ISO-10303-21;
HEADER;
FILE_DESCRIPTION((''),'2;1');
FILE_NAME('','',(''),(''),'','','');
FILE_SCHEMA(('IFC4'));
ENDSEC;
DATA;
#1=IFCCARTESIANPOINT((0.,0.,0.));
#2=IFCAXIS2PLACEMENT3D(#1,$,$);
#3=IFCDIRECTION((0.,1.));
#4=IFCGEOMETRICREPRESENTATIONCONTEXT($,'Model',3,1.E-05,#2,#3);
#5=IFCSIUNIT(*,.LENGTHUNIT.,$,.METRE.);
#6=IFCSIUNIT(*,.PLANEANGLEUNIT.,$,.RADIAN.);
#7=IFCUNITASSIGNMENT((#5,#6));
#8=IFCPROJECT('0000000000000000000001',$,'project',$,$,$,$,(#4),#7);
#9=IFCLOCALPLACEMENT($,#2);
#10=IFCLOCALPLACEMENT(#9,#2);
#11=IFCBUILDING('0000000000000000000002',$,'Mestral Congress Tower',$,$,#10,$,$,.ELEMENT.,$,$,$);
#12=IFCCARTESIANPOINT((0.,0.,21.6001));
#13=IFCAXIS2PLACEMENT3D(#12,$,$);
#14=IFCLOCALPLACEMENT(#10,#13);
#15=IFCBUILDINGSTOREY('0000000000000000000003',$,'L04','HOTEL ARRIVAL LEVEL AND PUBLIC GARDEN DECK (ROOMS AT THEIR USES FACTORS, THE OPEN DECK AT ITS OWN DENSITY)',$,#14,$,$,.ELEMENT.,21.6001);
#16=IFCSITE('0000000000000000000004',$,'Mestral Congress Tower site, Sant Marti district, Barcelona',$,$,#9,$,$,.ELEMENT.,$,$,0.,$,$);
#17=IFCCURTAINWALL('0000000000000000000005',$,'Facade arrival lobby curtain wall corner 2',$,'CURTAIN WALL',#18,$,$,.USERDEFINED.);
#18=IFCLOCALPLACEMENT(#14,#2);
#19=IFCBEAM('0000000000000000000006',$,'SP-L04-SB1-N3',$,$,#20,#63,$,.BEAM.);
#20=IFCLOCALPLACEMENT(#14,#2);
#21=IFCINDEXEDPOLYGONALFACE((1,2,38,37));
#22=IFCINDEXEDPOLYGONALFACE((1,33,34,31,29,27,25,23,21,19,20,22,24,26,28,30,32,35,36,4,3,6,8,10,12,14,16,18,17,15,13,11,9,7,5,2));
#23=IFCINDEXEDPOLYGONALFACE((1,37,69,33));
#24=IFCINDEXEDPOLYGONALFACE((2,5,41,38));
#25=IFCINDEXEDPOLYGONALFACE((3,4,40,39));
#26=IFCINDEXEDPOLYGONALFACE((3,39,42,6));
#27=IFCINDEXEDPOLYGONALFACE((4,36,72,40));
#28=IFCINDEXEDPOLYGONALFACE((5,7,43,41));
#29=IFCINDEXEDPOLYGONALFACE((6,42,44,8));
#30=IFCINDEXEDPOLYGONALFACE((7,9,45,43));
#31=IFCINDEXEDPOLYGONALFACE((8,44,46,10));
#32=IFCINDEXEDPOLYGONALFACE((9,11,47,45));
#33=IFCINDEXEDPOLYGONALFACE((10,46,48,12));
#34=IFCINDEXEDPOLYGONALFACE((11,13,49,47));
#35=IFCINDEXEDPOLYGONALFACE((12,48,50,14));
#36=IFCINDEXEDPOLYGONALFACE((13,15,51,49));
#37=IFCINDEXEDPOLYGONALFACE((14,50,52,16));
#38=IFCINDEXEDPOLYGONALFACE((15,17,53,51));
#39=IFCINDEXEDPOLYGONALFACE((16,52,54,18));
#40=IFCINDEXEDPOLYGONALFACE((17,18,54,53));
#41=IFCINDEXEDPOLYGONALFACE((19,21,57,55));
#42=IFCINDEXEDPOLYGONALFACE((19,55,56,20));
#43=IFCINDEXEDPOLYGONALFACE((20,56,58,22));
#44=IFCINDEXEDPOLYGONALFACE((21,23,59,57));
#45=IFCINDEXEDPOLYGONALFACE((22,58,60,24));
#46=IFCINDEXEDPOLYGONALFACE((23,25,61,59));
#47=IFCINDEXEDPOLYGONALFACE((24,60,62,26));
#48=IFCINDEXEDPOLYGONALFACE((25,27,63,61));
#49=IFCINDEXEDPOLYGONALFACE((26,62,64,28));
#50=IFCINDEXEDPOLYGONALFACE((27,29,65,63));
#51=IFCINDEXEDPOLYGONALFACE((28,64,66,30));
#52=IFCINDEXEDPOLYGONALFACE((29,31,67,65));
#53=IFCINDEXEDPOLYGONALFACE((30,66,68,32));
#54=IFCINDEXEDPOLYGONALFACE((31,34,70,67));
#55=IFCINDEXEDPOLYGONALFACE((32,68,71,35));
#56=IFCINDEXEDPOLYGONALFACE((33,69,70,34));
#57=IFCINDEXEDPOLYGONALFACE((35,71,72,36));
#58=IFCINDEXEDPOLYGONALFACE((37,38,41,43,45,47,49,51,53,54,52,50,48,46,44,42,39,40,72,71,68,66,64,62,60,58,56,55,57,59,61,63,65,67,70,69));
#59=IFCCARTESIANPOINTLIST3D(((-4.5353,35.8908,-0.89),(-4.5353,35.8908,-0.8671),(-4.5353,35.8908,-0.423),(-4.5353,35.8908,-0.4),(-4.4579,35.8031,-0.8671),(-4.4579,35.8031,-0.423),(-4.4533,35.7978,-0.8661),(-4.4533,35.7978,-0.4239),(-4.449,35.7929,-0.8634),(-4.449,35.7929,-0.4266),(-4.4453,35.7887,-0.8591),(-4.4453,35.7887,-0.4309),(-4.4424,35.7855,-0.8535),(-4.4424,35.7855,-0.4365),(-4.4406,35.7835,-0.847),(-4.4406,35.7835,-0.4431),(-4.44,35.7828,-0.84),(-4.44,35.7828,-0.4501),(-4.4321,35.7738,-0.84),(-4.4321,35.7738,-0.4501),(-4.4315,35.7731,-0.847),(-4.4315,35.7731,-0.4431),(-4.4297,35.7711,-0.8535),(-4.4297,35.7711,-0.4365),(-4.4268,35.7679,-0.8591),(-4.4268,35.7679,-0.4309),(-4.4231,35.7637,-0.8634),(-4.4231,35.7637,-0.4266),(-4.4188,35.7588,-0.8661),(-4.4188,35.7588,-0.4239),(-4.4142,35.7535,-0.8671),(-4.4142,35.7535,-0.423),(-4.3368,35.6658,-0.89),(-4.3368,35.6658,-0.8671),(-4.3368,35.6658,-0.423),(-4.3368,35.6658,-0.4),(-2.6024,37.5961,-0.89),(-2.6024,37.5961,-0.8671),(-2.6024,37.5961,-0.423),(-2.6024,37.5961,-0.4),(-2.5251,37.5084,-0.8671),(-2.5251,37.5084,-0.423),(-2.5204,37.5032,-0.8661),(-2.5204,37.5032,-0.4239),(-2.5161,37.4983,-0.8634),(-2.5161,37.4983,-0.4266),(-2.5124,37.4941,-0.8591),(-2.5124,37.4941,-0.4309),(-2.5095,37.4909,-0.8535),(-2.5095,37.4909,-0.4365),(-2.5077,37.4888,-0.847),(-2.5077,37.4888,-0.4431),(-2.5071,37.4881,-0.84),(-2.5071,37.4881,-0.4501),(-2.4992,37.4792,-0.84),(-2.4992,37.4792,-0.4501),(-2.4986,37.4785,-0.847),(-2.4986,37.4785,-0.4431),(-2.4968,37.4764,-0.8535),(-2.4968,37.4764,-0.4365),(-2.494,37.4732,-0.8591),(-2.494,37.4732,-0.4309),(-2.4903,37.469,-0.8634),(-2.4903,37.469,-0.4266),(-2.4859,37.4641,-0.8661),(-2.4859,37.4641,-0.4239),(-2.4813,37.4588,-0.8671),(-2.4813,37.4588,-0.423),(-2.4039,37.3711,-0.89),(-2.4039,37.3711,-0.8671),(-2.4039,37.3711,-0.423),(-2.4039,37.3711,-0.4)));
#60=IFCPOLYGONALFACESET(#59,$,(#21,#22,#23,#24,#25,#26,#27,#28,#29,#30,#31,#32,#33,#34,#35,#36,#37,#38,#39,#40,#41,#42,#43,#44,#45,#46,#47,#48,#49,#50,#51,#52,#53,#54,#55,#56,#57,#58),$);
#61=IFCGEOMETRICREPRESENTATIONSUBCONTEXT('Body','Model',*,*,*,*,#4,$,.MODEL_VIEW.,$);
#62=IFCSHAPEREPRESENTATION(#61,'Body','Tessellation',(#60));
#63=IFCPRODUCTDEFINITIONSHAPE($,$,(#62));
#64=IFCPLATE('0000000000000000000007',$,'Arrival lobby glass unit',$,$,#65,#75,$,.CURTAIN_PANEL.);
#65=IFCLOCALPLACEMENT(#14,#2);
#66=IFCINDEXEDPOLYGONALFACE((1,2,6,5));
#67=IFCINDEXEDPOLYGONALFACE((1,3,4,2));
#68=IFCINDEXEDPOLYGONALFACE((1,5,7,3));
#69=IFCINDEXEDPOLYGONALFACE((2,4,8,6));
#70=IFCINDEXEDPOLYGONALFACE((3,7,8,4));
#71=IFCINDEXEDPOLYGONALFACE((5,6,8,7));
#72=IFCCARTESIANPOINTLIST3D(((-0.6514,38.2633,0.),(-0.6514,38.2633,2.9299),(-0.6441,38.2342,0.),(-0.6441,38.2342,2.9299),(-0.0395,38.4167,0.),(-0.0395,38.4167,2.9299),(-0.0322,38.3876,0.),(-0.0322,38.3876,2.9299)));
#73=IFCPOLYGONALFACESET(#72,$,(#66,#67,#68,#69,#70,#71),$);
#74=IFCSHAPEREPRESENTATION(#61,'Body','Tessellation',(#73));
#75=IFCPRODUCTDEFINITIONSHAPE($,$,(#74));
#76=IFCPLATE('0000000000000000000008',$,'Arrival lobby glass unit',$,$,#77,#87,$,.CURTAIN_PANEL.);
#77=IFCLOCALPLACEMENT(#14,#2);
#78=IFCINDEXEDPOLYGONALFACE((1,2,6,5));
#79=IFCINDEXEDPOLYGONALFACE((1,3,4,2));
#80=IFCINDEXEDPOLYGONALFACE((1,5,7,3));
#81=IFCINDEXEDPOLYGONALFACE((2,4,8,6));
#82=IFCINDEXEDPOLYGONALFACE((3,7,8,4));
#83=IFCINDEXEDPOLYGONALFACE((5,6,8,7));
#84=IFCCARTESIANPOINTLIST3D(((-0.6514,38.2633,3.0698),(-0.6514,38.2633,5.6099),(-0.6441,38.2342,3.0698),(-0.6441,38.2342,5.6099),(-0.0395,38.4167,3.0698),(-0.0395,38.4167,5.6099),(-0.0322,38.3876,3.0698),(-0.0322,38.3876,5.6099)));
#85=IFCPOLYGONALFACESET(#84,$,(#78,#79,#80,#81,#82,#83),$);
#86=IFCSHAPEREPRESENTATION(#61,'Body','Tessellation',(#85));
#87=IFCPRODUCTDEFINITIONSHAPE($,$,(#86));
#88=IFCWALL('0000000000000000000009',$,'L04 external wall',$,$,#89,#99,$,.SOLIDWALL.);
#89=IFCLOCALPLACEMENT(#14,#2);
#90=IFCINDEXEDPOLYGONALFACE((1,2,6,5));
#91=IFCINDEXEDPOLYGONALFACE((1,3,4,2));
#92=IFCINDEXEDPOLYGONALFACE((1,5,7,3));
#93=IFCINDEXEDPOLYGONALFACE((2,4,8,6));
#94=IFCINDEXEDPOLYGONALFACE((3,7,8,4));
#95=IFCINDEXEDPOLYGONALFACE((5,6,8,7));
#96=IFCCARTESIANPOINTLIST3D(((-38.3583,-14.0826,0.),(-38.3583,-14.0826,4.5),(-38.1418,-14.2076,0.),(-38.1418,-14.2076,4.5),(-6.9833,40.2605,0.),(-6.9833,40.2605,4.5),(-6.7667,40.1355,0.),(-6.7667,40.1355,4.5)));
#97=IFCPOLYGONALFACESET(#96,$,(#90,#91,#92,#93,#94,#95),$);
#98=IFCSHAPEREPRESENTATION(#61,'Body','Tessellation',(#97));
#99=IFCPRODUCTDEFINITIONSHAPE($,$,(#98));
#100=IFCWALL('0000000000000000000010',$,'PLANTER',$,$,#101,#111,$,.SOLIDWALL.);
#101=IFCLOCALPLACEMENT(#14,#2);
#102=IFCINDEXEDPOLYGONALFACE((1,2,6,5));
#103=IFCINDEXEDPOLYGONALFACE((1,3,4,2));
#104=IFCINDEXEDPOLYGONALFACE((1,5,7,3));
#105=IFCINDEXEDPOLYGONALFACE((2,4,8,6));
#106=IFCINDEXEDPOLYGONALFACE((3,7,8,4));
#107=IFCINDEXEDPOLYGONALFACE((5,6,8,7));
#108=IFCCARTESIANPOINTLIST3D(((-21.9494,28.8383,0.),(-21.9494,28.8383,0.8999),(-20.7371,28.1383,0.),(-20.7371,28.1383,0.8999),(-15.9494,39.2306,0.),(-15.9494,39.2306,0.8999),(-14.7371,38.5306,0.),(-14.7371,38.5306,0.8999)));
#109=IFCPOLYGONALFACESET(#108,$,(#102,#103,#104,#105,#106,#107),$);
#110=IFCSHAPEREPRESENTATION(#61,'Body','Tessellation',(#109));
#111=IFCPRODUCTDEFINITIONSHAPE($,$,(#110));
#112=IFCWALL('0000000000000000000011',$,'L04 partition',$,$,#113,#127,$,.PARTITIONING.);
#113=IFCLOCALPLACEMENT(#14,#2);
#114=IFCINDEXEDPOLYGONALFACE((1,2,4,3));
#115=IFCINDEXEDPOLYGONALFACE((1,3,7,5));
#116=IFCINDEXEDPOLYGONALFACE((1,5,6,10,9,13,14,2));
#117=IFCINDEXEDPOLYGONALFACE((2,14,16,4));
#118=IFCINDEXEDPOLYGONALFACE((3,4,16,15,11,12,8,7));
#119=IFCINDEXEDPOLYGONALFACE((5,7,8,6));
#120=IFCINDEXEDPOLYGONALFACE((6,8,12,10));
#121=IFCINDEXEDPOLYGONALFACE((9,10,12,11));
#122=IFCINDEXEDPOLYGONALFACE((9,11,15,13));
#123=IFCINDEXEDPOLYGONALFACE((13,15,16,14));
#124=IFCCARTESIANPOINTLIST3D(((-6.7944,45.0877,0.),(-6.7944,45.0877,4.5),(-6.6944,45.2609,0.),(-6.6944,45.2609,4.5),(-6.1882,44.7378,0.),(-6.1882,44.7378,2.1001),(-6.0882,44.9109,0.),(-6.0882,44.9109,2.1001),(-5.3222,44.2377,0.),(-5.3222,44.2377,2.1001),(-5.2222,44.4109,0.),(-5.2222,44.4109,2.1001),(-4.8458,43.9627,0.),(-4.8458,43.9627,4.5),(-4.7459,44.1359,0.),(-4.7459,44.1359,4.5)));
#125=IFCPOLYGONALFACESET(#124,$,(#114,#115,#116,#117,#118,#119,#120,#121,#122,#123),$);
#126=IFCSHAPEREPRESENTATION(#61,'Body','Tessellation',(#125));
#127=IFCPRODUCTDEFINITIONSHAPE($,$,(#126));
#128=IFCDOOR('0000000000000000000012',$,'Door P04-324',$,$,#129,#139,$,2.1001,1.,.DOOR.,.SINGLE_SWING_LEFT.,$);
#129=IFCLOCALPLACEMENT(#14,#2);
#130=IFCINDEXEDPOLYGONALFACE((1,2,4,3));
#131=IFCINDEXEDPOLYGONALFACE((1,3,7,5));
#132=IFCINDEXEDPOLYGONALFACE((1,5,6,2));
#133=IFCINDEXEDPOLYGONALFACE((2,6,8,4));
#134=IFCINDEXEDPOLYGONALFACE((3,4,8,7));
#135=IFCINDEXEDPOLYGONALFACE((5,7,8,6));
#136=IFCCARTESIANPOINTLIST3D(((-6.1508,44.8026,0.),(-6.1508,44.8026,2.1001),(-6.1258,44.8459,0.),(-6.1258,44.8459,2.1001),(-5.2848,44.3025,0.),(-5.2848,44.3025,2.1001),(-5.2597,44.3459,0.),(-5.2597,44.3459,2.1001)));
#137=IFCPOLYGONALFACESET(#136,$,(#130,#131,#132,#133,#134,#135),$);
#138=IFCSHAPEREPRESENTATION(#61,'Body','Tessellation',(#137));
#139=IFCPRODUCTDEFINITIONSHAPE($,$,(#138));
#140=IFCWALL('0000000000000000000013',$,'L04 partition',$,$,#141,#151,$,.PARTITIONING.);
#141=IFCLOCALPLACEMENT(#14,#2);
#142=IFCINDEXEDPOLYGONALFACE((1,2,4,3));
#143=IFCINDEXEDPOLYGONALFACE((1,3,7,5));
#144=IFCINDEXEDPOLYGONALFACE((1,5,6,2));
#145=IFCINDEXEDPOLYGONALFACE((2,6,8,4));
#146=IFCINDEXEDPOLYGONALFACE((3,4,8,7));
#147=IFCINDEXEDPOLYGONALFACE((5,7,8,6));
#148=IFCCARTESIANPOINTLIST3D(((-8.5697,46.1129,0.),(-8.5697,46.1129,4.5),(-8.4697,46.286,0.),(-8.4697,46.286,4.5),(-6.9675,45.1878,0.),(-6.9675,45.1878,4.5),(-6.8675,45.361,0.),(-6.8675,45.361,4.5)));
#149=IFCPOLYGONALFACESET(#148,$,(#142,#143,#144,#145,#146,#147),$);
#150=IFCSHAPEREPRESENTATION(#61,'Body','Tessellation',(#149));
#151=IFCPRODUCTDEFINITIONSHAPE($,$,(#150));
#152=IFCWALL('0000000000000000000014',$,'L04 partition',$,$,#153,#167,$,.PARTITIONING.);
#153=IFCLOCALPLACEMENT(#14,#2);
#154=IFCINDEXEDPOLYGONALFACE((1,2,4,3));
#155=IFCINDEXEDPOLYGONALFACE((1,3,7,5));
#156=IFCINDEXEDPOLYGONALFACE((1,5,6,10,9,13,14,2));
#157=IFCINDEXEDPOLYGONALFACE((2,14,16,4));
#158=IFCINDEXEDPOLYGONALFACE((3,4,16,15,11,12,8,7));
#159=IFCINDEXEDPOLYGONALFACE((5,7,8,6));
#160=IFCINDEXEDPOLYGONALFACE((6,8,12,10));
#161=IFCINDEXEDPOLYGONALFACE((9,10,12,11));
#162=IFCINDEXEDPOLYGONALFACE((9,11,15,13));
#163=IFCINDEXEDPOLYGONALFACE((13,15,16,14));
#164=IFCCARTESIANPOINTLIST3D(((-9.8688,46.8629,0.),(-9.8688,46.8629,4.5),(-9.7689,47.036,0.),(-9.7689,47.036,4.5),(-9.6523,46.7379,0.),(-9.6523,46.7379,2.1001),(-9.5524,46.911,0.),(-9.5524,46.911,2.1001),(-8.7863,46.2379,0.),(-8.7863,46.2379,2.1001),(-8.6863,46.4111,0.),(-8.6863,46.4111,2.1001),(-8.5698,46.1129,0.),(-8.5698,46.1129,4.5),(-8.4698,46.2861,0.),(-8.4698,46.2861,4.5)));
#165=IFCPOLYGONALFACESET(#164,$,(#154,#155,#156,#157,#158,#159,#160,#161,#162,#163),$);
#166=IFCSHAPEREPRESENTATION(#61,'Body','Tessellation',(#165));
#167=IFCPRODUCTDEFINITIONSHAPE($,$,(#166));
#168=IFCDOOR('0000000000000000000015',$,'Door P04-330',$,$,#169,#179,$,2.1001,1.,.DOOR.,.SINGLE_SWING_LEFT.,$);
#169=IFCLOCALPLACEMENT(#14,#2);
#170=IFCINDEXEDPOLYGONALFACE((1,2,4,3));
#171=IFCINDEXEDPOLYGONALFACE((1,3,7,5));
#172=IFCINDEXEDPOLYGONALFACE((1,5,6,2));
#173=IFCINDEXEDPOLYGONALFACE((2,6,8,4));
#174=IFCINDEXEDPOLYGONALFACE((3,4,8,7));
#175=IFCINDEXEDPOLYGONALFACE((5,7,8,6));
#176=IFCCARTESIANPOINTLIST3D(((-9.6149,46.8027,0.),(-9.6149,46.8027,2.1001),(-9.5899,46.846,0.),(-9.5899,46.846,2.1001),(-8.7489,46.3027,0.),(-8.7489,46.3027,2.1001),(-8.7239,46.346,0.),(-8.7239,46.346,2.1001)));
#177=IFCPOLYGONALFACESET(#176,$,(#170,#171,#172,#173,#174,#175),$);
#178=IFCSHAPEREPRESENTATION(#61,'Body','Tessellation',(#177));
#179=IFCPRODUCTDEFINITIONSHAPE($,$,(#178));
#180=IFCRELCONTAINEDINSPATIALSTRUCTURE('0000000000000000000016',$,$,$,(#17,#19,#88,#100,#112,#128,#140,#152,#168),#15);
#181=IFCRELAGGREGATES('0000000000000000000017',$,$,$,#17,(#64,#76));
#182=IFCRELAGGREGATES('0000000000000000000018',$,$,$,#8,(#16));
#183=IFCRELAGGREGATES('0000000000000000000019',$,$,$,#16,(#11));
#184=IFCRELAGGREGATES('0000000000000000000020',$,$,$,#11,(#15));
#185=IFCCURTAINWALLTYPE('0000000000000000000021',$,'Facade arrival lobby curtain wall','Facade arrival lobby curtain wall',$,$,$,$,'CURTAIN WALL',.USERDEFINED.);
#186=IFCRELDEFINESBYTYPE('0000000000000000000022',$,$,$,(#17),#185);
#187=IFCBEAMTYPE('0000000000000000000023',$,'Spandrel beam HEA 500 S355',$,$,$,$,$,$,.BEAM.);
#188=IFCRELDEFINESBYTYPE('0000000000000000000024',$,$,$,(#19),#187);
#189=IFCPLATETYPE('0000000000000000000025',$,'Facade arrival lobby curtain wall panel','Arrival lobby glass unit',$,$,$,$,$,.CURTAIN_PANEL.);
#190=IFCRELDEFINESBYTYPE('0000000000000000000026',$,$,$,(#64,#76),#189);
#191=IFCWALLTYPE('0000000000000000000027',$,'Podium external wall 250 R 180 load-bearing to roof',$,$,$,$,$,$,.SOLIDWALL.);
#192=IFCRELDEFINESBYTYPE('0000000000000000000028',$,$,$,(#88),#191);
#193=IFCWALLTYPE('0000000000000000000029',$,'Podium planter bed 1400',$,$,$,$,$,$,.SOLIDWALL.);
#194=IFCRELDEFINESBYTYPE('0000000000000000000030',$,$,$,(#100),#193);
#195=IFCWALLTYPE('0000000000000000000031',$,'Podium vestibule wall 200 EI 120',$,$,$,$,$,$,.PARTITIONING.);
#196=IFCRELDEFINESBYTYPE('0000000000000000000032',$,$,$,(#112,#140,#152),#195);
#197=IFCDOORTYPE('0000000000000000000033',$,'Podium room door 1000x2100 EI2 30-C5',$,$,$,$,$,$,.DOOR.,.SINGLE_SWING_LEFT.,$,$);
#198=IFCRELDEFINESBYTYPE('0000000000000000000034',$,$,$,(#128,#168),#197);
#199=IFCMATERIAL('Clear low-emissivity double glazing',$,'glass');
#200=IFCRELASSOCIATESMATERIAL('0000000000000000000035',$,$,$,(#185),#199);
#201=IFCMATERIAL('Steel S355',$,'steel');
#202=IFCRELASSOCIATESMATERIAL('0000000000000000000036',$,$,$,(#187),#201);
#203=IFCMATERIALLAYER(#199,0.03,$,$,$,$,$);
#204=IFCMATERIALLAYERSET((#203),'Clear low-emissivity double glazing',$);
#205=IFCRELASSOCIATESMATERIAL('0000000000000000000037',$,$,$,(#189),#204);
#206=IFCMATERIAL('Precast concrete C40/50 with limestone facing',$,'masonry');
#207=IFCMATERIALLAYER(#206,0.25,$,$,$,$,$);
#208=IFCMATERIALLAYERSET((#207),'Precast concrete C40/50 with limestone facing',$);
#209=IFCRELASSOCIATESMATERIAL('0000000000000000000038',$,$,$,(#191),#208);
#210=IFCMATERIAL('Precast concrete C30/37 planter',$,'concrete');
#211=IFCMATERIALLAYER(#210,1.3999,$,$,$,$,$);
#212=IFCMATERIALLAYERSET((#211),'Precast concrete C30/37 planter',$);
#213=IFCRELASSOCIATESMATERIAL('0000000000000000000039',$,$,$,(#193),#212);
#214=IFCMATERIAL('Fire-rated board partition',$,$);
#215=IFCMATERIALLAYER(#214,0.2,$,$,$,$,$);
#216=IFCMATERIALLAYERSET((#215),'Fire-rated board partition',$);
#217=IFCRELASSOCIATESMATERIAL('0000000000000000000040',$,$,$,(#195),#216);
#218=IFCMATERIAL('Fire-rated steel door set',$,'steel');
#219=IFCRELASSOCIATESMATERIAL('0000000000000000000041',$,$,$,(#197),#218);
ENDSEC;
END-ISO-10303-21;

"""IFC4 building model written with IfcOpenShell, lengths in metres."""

from ifc_helpers import new_model, si_unit, direction, frame, frame_2d, origin, origin_2d, place, context, subcontext, project, spatial, rectangle, i_section, extrude, material, layer, layer_set, material_profile, profile_set, type_object, element, fill, aggregate, save


model = new_model("IFC4")

# Units and contexts
model_context = context("Model", 3, precision=1e-05, world=origin(), true_north=direction((0.0, 1.0)))
body_context = subcontext(model_context, "Body", "Model", "MODEL_VIEW")
ifc_project = project(units=[si_unit("LENGTHUNIT", "METRE"), si_unit("PLANEANGLEUNIT", "RADIAN")], contexts=[model_context])

# Site, building, storey
site_placement = place(None, origin())
site = spatial("IfcSite", under=ifc_project, at=site_placement, Name="Mestral Congress Tower site, Sant Marti district, Barcelona", CompositionType="ELEMENT", RefElevation=0.0)
building_placement = place(site_placement, origin())
building = spatial("IfcBuilding", under=site, at=building_placement, Name="Mestral Congress Tower", CompositionType="ELEMENT")
storey_placement = place(building_placement, frame((0.0, 0.0, 21.6001)))
storey = spatial("IfcBuildingStorey", under=building, at=storey_placement, Name="L04", Description="HOTEL ARRIVAL LEVEL AND PUBLIC GARDEN DECK (ROOMS AT THEIR USES FACTORS, THE OPEN DECK AT ITS OWN DENSITY)", CompositionType="ELEMENT", Elevation=21.6001)

# Curtain wall
ifc_material_1 = material(Name="Clear low-emissivity double glazing", Category="glass")
curtain_wall_type = type_object("IfcCurtainWallType", Name="Facade arrival lobby curtain wall", Description="Facade arrival lobby curtain wall", ElementType="CURTAIN WALL", PredefinedType="USERDEFINED", material=ifc_material_1)
curtain_wall_placement = place(storey_placement, origin())
curtain_wall = element("IfcCurtainWall", 1, at=curtain_wall_placement, inside=storey, type_object=curtain_wall_type, Name="Facade arrival lobby curtain wall corner 2", ObjectType="CURTAIN WALL", PredefinedType="USERDEFINED")

# Beam
ifc_material_2 = material(Name="Steel S355", Category="steel")
ifc_material_profile_1 = material_profile(ifc_material_2, i_section(OverallWidth=0.3, OverallDepth=0.49, WebThickness=0.012, FlangeThickness=0.0229, FilletRadius=0.0271, at=origin_2d()), Name="HEA 500")
ifc_profile_set_1 = profile_set([ifc_material_profile_1], Name="Steel S355")
beam_type_1 = type_object("IfcBeamType", Name="Spandrel beam HEA 500 S355", PredefinedType="BEAM", material=ifc_profile_set_1)
beam_1_placement = place(storey_placement, frame((-2.5032, 37.4836, -0.645), z_axis=(-0.749865, -0.66159, 0.0), x_axis=(0.66159, -0.749865, 0.0)))
element("IfcBeam", 2, at=beam_1_placement, inside=storey, type_object=beam_type_1, Name="SP-L04-SB1-N3", PredefinedType="BEAM", context=body_context, shape_type="SweptSolid", body=[
    extrude(i_section(OverallWidth=0.3, OverallDepth=0.49, WebThickness=0.012, FlangeThickness=0.0229, FilletRadius=0.0271, at=origin_2d()), origin(), (0.0, 0.0, 1.0), 2.5776),
])

# Plates
ifc_layer_1 = layer(ifc_material_1, 0.03)
ifc_layer_set_1 = layer_set([ifc_layer_1], Name="Clear low-emissivity double glazing")
plate_type = type_object("IfcPlateType", Name="Facade arrival lobby curtain wall panel", Description="Arrival lobby glass unit", PredefinedType="CURTAIN_PANEL", material=ifc_layer_set_1)
plate_1_placement = place(storey_placement, frame((-0.3418, 38.3254, 0.0), z_axis=(0.0, 0.0, 1.0), x_axis=(-0.969992, -0.243138, 0.0)))
plate_1 = element("IfcPlate", 3, at=plate_1_placement, type_object=plate_type, Name="Arrival lobby glass unit", PredefinedType="CURTAIN_PANEL", context=body_context, shape_type="SweptSolid", body=[
    extrude(rectangle(XDim=0.6309, YDim=0.03, at=origin_2d()), origin(), (0.0, 0.0, 1.0), 2.9299),
])
plate_2_placement = place(storey_placement, frame((-0.3418, 38.3254, 3.0698), z_axis=(0.0, 0.0, 1.0), x_axis=(-0.969992, -0.243138, 0.0)))
plate_2 = element("IfcPlate", 4, at=plate_2_placement, type_object=plate_type, Name="Arrival lobby glass unit", PredefinedType="CURTAIN_PANEL", context=body_context, shape_type="SweptSolid", body=[
    extrude(rectangle(XDim=0.6309, YDim=0.03, at=origin_2d()), origin(), (0.0, 0.0, 1.0), 2.54),
])
aggregate(curtain_wall, [plate_1, plate_2])

# Walls
ifc_material_3 = material(Name="Precast concrete C40/50 with limestone facing", Category="masonry")
ifc_layer_2 = layer(ifc_material_3, 0.25)
ifc_layer_set_2 = layer_set([ifc_layer_2], Name="Precast concrete C40/50 with limestone facing")
wall_type_1 = type_object("IfcWallType", Name="Podium external wall 250 R 180 load-bearing to roof", PredefinedType="SOLIDWALL", material=ifc_layer_set_2)
wall_1_placement = place(storey_placement, frame((-6.875, 40.198, 0.0), z_axis=(0.0, 0.0, 1.0), x_axis=(-0.500001, -0.866025, 0.0)))
element("IfcWall", 5, at=wall_1_placement, inside=storey, type_object=wall_type_1, Name="L04 external wall", PredefinedType="SOLIDWALL", context=body_context, shape_type="SweptSolid", body=[
    extrude(rectangle(XDim=62.75, YDim=0.25, at=frame_2d((31.375, 0.0))), origin(), (0.0, 0.0, 1.0), 4.5),
])
ifc_material_4 = material(Name="Precast concrete C30/37 planter", Category="concrete")
ifc_layer_3 = layer(ifc_material_4, 1.3999)
ifc_layer_set_3 = layer_set([ifc_layer_3], Name="Precast concrete C30/37 planter")
wall_type_2 = type_object("IfcWallType", Name="Podium planter bed 1400", PredefinedType="SOLIDWALL", material=ifc_layer_set_3)
wall_2_placement = place(storey_placement, frame((-15.3433, 38.8806, 0.0), z_axis=(0.0, 0.0, 1.0), x_axis=(-0.499999, -0.866026, 0.0)))
element("IfcWall", 6, at=wall_2_placement, inside=storey, type_object=wall_type_2, Name="PLANTER", PredefinedType="SOLIDWALL", context=body_context, shape_type="SweptSolid", body=[
    extrude(rectangle(XDim=12.0, YDim=1.3999, at=frame_2d((6.0, 0.0))), origin(), (0.0, 0.0, 1.0), 0.8999),
])

# Wall, opening, door
ifc_material_5 = material(Name="Fire-rated board partition")
ifc_layer_4 = layer(ifc_material_5, 0.2)
ifc_layer_set_4 = layer_set([ifc_layer_4], Name="Fire-rated board partition")
wall_type_3 = type_object("IfcWallType", Name="Podium vestibule wall 200 EI 120", PredefinedType="PARTITIONING", material=ifc_layer_set_4)
wall_3_placement = place(storey_placement, frame((-6.7444, 45.1743, 0.0), z_axis=(0.0, 0.0, 1.0), x_axis=(0.866018, -0.500014, 0.0)))
wall_3 = element("IfcWall", 7, at=wall_3_placement, inside=storey, type_object=wall_type_3, Name="L04 partition", PredefinedType="PARTITIONING", context=body_context, shape_type="SweptSolid", body=[
    extrude(rectangle(XDim=2.25, YDim=0.2, at=frame_2d((1.125, 0.0))), origin(), (0.0, 0.0, 1.0), 4.5),
])
opening_1_placement = place(wall_3_placement, frame((0.7, 0.0, 0.0)))
opening_1 = element("IfcOpeningElement", 8, at=opening_1_placement, cuts=wall_3, PredefinedType="OPENING", context=body_context, shape_type="SweptSolid", body=[
    extrude(rectangle(XDim=1.0, YDim=2.1001, at=frame_2d((0.5, 1.05))), frame((0.0, 0.1099, 0.0), z_axis=(0.0, -1.0, 0.0), x_axis=(1.0, 0.0, 0.0)), (0.0, 0.0, 1.0), 0.22),
])
ifc_material_6 = material(Name="Fire-rated steel door set", Category="steel")
door_type = type_object("IfcDoorType", Name="Podium room door 1000x2100 EI2 30-C5", OperationType="SINGLE_SWING_LEFT", PredefinedType="DOOR", material=ifc_material_6)
door_1_placement = place(opening_1_placement, origin())
door_1 = element("IfcDoor", 9, at=door_1_placement, inside=storey, type_object=door_type, Name="Door P04-324", OperationType="SINGLE_SWING_LEFT", OverallHeight=2.1001, OverallWidth=1.0, PredefinedType="DOOR", context=body_context, shape_type="SweptSolid", body=[
    extrude(rectangle(XDim=1.0, YDim=2.1001, at=frame_2d((0.5, 1.05))), frame((0.0, 0.0249, 0.0), z_axis=(0.0, -1.0, 0.0), x_axis=(1.0, 0.0, 0.0)), (0.0, 0.0, 1.0), 0.05),
])
fill(opening_1, door_1)

# Wall
wall_4_placement = place(storey_placement, frame((-6.9175, 45.2744, 0.0), z_axis=(0.0, 0.0, 1.0), x_axis=(-0.866034, 0.499985, 0.0)))
element("IfcWall", 10, at=wall_4_placement, inside=storey, type_object=wall_type_3, Name="L04 partition", PredefinedType="PARTITIONING", context=body_context, shape_type="SweptSolid", body=[
    extrude(rectangle(XDim=1.8501, YDim=0.2, at=frame_2d((0.925, 0.0))), origin(), (0.0, 0.0, 1.0), 4.5),
])

# Wall, opening, door
wall_5_placement = place(storey_placement, frame((-9.8188, 46.9495, 0.0), z_axis=(0.0, 0.0, 1.0), x_axis=(0.866031, -0.49999, 0.0)))
wall_5 = element("IfcWall", 11, at=wall_5_placement, inside=storey, type_object=wall_type_3, Name="L04 partition", PredefinedType="PARTITIONING", context=body_context, shape_type="SweptSolid", body=[
    extrude(rectangle(XDim=1.5, YDim=0.2, at=frame_2d((0.75, 0.0))), origin(), (0.0, 0.0, 1.0), 4.5),
])
opening_2_placement = place(wall_5_placement, frame((0.25, 0.0, 0.0)))
opening_2 = element("IfcOpeningElement", 12, at=opening_2_placement, cuts=wall_5, PredefinedType="OPENING", context=body_context, shape_type="SweptSolid", body=[
    extrude(rectangle(XDim=1.0, YDim=2.1001, at=frame_2d((0.5, 1.05))), frame((0.0, 0.1099, 0.0), z_axis=(0.0, -1.0, 0.0), x_axis=(1.0, 0.0, 0.0)), (0.0, 0.0, 1.0), 0.22),
])
door_2_placement = place(opening_2_placement, origin())
door_2 = element("IfcDoor", 13, at=door_2_placement, inside=storey, type_object=door_type, Name="Door P04-330", OperationType="SINGLE_SWING_LEFT", OverallHeight=2.1001, OverallWidth=1.0, PredefinedType="DOOR", context=body_context, shape_type="SweptSolid", body=[
    extrude(rectangle(XDim=1.0, YDim=2.1001, at=frame_2d((0.5, 1.05))), frame((0.0, 0.0249, 0.0), z_axis=(0.0, -1.0, 0.0), x_axis=(1.0, 0.0, 0.0)), (0.0, 0.0, 1.0), 0.05),
])
fill(opening_2, door_2)

save(model, "model.ifc")
